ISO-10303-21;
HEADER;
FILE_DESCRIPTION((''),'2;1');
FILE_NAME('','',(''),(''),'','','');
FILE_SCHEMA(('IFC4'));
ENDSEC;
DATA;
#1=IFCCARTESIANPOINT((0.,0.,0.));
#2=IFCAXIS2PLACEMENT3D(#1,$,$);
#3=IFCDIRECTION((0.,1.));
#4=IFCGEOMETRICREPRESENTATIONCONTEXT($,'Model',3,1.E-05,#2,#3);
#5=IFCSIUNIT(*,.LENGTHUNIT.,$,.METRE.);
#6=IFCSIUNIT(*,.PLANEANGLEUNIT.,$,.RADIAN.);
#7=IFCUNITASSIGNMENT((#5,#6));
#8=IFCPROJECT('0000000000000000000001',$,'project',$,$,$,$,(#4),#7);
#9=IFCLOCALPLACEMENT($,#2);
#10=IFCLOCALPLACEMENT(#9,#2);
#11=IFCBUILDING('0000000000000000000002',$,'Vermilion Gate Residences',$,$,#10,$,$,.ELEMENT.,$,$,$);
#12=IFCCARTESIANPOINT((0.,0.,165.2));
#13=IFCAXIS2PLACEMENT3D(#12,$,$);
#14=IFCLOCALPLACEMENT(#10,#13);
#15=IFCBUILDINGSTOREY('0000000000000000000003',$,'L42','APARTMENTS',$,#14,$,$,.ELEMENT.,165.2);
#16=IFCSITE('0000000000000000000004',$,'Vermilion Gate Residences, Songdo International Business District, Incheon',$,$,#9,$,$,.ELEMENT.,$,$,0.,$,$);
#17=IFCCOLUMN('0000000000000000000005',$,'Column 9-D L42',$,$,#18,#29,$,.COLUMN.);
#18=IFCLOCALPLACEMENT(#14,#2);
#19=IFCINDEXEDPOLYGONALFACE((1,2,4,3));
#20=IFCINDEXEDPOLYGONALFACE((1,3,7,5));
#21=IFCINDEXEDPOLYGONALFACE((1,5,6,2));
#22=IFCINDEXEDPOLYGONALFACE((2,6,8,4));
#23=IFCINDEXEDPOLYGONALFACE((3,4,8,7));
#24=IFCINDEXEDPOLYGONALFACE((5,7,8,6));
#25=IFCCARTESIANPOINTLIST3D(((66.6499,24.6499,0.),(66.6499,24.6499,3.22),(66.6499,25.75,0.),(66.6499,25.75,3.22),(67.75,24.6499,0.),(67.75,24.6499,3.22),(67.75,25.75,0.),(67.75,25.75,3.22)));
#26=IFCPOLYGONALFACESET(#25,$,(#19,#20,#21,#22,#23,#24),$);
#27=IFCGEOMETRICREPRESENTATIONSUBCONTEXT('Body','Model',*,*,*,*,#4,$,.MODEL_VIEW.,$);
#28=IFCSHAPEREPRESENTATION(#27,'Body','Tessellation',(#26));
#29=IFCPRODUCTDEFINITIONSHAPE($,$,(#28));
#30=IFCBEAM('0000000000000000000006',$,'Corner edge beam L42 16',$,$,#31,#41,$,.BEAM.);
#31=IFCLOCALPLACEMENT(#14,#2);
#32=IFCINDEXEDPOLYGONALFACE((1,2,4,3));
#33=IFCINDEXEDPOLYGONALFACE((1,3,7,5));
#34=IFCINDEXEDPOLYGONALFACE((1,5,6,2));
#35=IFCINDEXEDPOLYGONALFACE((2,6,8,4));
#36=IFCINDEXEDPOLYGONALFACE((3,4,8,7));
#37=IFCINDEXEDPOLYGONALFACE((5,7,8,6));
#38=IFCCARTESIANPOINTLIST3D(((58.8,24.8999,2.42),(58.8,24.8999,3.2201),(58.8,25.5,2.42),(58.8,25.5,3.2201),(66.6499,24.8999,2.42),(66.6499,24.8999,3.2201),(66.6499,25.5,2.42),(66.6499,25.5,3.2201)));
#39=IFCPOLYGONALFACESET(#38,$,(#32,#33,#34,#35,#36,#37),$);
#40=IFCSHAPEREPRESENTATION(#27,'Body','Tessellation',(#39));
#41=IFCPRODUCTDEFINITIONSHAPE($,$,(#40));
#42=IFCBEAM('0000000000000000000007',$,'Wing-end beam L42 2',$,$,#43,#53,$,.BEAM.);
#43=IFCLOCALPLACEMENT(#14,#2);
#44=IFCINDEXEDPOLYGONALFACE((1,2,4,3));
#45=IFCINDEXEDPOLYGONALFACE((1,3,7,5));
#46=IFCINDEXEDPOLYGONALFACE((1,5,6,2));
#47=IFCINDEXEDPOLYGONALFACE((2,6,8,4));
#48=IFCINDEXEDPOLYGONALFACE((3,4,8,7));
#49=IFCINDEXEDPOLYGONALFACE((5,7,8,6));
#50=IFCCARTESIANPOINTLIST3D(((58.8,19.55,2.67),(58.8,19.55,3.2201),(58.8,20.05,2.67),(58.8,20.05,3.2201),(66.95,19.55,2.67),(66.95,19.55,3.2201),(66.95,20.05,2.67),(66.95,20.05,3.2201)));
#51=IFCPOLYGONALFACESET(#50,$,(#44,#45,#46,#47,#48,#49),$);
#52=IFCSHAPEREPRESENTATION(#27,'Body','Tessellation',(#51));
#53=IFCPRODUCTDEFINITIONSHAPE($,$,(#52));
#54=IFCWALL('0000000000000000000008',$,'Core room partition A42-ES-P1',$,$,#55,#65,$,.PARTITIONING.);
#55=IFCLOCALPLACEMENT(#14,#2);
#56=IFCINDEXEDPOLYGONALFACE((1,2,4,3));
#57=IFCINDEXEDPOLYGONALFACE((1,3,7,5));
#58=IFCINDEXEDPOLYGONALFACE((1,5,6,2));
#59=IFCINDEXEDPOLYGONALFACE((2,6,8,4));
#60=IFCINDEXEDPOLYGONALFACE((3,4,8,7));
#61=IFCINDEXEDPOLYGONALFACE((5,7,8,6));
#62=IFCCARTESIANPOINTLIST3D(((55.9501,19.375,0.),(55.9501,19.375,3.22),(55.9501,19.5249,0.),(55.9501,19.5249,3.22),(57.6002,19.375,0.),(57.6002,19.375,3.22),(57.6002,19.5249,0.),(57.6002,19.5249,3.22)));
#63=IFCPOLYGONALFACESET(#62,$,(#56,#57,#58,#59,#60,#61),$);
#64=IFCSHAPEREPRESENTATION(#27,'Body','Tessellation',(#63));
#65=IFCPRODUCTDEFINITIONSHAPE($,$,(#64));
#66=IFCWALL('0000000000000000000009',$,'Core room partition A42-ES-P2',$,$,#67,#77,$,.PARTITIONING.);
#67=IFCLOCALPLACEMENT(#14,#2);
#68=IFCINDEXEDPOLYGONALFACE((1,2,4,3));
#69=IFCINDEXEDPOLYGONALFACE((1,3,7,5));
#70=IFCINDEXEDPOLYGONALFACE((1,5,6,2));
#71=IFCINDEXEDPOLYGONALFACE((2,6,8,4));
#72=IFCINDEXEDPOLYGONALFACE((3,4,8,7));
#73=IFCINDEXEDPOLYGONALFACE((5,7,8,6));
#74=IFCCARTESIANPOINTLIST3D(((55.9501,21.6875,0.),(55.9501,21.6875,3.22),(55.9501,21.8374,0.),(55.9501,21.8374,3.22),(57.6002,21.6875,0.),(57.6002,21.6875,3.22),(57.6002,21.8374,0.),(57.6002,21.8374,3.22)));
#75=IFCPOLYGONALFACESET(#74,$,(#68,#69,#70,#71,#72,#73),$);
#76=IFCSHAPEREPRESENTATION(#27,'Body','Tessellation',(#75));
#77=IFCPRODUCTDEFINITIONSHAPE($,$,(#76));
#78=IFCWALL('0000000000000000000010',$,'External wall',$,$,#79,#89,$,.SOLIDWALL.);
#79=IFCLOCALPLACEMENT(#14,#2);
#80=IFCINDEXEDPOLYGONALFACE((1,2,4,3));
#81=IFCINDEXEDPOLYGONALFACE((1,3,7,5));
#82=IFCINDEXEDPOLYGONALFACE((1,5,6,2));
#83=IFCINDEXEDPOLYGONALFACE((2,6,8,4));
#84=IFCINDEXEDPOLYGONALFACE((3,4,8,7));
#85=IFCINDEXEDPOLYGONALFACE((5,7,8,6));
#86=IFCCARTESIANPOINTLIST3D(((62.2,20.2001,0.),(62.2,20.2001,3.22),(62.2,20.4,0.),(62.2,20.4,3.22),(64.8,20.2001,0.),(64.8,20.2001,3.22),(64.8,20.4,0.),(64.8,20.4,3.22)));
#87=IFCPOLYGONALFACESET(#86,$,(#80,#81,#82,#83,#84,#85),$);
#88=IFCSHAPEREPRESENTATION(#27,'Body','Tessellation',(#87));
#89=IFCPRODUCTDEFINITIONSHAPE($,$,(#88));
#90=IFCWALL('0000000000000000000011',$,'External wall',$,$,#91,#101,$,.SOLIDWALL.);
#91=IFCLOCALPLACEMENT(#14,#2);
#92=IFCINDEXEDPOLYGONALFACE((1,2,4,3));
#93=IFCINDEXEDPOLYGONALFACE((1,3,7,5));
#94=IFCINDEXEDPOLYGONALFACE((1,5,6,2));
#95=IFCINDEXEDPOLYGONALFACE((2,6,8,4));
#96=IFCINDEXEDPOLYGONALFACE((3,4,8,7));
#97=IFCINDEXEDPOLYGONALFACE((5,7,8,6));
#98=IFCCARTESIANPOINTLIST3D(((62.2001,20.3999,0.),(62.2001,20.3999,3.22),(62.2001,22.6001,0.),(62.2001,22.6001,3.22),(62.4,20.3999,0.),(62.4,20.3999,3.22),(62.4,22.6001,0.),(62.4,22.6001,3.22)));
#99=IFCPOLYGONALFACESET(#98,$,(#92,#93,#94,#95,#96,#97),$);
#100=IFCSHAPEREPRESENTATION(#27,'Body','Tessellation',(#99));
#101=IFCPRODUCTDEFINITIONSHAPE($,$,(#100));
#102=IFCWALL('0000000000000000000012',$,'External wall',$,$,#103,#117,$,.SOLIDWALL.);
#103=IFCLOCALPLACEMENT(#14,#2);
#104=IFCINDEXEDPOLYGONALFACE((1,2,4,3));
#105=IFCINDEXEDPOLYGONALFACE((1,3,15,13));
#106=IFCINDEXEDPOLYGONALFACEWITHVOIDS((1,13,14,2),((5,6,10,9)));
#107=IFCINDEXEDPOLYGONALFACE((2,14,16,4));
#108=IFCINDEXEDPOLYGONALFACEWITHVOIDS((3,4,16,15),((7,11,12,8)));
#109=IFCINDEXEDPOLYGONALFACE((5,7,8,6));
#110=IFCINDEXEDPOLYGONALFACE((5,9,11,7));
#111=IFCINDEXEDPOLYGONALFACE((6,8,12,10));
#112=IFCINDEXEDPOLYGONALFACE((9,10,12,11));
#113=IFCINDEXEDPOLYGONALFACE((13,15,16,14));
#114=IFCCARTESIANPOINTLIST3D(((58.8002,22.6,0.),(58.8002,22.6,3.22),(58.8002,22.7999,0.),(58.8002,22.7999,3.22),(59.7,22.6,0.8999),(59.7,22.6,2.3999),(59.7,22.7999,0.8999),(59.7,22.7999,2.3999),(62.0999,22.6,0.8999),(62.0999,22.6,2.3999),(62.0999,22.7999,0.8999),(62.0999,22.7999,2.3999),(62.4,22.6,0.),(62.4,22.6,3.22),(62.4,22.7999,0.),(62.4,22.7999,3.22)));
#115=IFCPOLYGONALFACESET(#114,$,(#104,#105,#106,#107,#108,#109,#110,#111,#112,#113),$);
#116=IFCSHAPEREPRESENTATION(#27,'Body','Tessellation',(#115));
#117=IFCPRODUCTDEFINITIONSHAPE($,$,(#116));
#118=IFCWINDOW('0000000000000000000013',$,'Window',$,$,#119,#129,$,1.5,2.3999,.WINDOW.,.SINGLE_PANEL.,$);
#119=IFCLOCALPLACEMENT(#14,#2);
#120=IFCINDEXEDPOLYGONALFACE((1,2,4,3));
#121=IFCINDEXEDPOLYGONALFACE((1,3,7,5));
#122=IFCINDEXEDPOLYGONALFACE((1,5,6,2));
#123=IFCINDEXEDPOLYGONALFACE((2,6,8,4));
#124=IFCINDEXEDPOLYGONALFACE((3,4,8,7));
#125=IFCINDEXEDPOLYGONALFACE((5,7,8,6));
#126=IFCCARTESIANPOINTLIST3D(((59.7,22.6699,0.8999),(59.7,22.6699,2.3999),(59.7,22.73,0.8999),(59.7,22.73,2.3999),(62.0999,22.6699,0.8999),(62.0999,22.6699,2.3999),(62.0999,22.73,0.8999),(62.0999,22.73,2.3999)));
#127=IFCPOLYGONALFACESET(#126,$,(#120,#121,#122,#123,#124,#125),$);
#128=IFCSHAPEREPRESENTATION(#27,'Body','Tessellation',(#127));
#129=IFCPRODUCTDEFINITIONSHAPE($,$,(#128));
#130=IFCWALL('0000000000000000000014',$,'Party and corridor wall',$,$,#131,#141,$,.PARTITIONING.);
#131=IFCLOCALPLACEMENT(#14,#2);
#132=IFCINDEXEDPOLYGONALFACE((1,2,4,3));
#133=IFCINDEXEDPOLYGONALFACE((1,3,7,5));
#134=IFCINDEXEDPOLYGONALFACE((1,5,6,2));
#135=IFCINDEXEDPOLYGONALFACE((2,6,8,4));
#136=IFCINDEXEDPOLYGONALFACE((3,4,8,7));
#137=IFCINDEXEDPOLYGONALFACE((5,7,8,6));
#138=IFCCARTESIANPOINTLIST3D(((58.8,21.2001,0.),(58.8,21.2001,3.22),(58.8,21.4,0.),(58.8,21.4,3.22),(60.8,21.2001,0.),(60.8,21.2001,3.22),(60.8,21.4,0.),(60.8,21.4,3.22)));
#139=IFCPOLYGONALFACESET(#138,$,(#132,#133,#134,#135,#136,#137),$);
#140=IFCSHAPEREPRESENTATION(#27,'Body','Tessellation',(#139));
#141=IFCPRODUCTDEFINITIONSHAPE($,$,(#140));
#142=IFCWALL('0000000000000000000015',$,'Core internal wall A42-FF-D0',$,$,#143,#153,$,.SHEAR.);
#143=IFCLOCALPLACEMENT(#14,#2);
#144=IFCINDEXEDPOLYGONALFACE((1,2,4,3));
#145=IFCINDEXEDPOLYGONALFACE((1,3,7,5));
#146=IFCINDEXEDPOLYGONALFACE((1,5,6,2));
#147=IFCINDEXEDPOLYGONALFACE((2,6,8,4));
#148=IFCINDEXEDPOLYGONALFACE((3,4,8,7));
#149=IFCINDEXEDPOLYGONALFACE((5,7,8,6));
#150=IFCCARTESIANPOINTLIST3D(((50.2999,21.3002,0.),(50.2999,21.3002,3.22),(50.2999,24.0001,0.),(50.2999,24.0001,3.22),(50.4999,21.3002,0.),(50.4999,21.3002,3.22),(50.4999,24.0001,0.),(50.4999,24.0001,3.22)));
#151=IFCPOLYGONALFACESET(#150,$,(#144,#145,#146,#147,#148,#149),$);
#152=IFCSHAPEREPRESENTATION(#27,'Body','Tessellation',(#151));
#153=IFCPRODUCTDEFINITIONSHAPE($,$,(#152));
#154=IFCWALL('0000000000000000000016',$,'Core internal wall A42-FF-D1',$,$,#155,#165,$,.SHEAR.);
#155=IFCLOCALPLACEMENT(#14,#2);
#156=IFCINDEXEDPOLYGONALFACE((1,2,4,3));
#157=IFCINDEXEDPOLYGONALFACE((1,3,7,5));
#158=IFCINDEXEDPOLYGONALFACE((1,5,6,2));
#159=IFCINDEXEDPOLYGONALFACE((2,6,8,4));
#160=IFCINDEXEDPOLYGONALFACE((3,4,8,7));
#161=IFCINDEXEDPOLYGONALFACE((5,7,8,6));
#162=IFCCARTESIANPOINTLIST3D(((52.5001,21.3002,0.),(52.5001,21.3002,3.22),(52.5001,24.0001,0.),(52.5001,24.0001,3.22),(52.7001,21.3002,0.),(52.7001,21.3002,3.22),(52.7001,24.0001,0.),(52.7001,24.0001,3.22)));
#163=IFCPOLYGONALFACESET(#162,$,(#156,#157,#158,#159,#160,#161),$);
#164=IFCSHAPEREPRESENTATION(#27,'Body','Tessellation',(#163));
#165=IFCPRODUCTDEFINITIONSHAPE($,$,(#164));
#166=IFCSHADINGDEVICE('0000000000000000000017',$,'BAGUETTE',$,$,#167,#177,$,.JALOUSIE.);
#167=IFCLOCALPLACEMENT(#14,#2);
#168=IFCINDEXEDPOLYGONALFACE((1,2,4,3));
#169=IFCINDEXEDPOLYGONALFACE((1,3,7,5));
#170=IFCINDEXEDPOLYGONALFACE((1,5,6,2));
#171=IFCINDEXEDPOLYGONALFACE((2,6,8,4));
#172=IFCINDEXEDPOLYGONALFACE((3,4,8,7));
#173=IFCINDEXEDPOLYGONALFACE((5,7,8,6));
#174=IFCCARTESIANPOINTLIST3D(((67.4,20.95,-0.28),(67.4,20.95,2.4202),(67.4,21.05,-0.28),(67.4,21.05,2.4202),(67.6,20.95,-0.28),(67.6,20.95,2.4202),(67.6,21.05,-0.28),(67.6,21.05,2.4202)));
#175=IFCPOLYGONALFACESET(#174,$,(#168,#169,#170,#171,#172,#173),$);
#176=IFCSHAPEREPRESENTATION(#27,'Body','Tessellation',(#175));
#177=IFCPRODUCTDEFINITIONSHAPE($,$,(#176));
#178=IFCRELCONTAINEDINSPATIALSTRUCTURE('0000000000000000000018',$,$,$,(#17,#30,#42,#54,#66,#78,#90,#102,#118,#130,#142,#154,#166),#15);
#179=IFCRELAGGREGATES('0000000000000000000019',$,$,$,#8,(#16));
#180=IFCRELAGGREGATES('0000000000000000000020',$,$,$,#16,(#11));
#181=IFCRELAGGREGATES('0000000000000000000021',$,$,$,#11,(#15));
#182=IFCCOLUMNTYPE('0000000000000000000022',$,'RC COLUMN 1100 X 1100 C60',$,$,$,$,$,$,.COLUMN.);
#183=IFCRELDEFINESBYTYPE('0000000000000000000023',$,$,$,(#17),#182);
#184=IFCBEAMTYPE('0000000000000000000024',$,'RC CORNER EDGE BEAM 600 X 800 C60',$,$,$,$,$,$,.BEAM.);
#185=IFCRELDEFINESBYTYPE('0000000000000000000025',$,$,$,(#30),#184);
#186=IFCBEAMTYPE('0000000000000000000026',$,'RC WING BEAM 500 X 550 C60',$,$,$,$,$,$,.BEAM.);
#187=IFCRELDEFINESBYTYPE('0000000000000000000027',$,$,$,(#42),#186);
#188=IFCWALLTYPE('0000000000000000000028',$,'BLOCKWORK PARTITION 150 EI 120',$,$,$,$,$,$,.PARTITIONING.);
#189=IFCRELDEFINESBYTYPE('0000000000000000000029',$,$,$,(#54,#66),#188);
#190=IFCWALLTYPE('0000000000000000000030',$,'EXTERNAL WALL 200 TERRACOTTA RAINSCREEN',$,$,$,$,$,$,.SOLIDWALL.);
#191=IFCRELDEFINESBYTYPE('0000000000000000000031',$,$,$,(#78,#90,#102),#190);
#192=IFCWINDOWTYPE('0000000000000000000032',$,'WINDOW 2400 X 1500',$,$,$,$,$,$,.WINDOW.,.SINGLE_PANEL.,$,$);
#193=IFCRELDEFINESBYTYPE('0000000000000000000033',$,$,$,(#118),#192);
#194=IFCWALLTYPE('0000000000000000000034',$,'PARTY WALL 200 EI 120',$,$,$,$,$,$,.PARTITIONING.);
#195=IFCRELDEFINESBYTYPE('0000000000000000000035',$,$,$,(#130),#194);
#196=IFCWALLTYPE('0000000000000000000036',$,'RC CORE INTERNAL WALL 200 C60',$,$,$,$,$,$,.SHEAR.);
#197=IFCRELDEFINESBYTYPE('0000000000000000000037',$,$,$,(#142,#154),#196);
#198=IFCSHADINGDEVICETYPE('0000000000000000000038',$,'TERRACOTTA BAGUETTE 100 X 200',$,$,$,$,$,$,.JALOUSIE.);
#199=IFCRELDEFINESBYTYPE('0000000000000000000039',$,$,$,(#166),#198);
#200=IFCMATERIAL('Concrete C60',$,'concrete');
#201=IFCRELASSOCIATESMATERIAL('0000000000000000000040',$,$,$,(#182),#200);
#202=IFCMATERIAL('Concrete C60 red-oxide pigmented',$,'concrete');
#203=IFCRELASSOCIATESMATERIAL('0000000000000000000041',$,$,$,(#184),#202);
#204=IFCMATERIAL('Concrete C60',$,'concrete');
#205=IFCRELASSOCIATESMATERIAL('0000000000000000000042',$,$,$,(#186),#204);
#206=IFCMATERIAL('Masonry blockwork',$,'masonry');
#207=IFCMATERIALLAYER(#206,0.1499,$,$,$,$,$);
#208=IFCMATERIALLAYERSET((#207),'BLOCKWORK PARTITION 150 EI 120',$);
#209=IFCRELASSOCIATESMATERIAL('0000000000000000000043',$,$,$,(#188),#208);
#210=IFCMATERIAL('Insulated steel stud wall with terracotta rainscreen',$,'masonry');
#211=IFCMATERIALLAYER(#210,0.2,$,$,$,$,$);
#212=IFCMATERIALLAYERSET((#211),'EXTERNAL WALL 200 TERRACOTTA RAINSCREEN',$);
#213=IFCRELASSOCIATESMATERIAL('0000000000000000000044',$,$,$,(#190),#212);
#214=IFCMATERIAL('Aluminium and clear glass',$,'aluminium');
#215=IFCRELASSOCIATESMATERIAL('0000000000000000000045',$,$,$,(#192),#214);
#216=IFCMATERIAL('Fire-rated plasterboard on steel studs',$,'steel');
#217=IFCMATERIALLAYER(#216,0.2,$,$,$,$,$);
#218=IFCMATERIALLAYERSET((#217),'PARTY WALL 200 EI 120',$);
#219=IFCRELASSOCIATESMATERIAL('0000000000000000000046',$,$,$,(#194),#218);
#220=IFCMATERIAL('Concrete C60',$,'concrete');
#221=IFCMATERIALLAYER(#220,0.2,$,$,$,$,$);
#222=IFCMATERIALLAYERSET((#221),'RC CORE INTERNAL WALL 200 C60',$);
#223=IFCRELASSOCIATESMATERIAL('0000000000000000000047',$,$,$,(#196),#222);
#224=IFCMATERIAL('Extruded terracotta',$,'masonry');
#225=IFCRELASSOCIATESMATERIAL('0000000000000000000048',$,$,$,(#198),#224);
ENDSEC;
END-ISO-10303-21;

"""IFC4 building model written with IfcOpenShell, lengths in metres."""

from ifc_helpers import new_model, si_unit, direction, frame, frame_2d, origin, origin_2d, place, context, subcontext, project, spatial, rectangle, extrude, material, layer, layer_set, material_profile, profile_set, type_object, element, fill, save


model = new_model("IFC4")

# Units and contexts
model_context = context("Model", 3, precision=1e-05, world=origin(), true_north=direction((0.0, 1.0)))
body_context = subcontext(model_context, "Body", "Model", "MODEL_VIEW")
ifc_project = project(units=[si_unit("LENGTHUNIT", "METRE"), si_unit("PLANEANGLEUNIT", "RADIAN")], contexts=[model_context])

# Site, building, storey
site_placement = place(None, origin())
site = spatial("IfcSite", under=ifc_project, at=site_placement, Name="Vermilion Gate Residences, Songdo International Business District, Incheon", CompositionType="ELEMENT", RefElevation=0.0)
building_placement = place(site_placement, origin())
building = spatial("IfcBuilding", under=site, at=building_placement, Name="Vermilion Gate Residences", CompositionType="ELEMENT")
storey_placement = place(building_placement, frame((0.0, 0.0, 165.2)))
storey = spatial("IfcBuildingStorey", under=building, at=storey_placement, Name="L42", Description="APARTMENTS", CompositionType="ELEMENT", Elevation=165.2)

# Column
ifc_material_1 = material(Name="Concrete C60", Category="concrete")
ifc_material_profile_1 = material_profile(ifc_material_1, rectangle(XDim=1.1001, YDim=1.1001, at=origin_2d()), Name="RC-1100x1100")
ifc_profile_set_1 = profile_set([ifc_material_profile_1], Name="Concrete C60")
column_type = type_object("IfcColumnType", Name="RC COLUMN 1100 X 1100 C60", PredefinedType="COLUMN", material=ifc_profile_set_1)
column_placement = place(storey_placement, frame((67.2, 25.2, 0.0), z_axis=(0.0, 0.0, 1.0), x_axis=(1.0, 0.0, 0.0)))
element("IfcColumn", 1, at=column_placement, inside=storey, type_object=column_type, Name="Column 9-D L42", PredefinedType="COLUMN", context=body_context, shape_type="SweptSolid", body=[
    extrude(rectangle(XDim=1.1001, YDim=1.1001, at=origin_2d()), origin(), (0.0, 0.0, 1.0), 3.22),
])

# Beams
ifc_material_2 = material(Name="Concrete C60 red-oxide pigmented", Category="concrete")
ifc_material_profile_2 = material_profile(ifc_material_2, rectangle(XDim=0.6001, YDim=0.8, at=origin_2d()), Name="RC-600x800")
ifc_profile_set_2 = profile_set([ifc_material_profile_2], Name="Concrete C60 red-oxide pigmented")
beam_type_1 = type_object("IfcBeamType", Name="RC CORNER EDGE BEAM 600 X 800 C60", PredefinedType="BEAM", material=ifc_profile_set_2)
beam_1_placement = place(storey_placement, frame((58.8, 25.2, 2.8201), z_axis=(1.0, 0.0, 0.0), x_axis=(0.0, 1.0, 0.0)))
element("IfcBeam", 2, at=beam_1_placement, inside=storey, type_object=beam_type_1, Name="Corner edge beam L42 16", PredefinedType="BEAM", context=body_context, shape_type="SweptSolid", body=[
    extrude(rectangle(XDim=0.6001, YDim=0.8, at=origin_2d()), origin(), (0.0, 0.0, 1.0), 7.8499),
])
ifc_material_3 = material(Name="Concrete C60", Category="concrete")
ifc_material_profile_3 = material_profile(ifc_material_3, rectangle(XDim=0.5, YDim=0.55, at=origin_2d()), Name="RC-500x550")
ifc_profile_set_3 = profile_set([ifc_material_profile_3], Name="Concrete C60")
beam_type_2 = type_object("IfcBeamType", Name="RC WING BEAM 500 X 550 C60", PredefinedType="BEAM", material=ifc_profile_set_3)
beam_2_placement = place(storey_placement, frame((58.8, 19.8, 2.9451), z_axis=(1.0, 0.0, 0.0), x_axis=(0.0, 1.0, 0.0)))
element("IfcBeam", 3, at=beam_2_placement, inside=storey, type_object=beam_type_2, Name="Wing-end beam L42 2", PredefinedType="BEAM", context=body_context, shape_type="SweptSolid", body=[
    extrude(rectangle(XDim=0.5, YDim=0.55, at=origin_2d()), origin(), (0.0, 0.0, 1.0), 8.1499),
])

# Walls
ifc_material_4 = material(Name="Masonry blockwork", Category="masonry")
ifc_layer_1 = layer(ifc_material_4, 0.1499)
ifc_layer_set_1 = layer_set([ifc_layer_1], Name="BLOCKWORK PARTITION 150 EI 120")
wall_type_1 = type_object("IfcWallType", Name="BLOCKWORK PARTITION 150 EI 120", PredefinedType="PARTITIONING", material=ifc_layer_set_1)
for number, where, z_axis, x_axis, name in (
    (4, (55.95, 19.45, 0.0), (0.0, 0.0, 1.0), (1.0, 0.0, 0.0), "Core room partition A42-ES-P1"),
    (5, (55.95, 21.7625, 0.0), (0.0, 0.0, 1.0), (1.0, 0.0, 0.0), "Core room partition A42-ES-P2"),
):
    element("IfcWall", number, at=place(storey_placement, frame(where, z_axis=z_axis, x_axis=x_axis)), inside=storey, type_object=wall_type_1, Name=name, PredefinedType="PARTITIONING", context=body_context, shape_type="SweptSolid", body=[
        extrude(rectangle(XDim=1.6501, YDim=0.1499, at=frame_2d((0.8252, 0.0))), origin(), (0.0, 0.0, 1.0), 3.22),
    ])
ifc_material_5 = material(Name="Insulated steel stud wall with terracotta rainscreen", Category="masonry")
ifc_layer_2 = layer(ifc_material_5, 0.2)
ifc_layer_set_2 = layer_set([ifc_layer_2], Name="EXTERNAL WALL 200 TERRACOTTA RAINSCREEN")
wall_type_2 = type_object("IfcWallType", Name="EXTERNAL WALL 200 TERRACOTTA RAINSCREEN", PredefinedType="SOLIDWALL", material=ifc_layer_set_2)
wall_1_placement = place(storey_placement, frame((64.8, 20.3, 0.0), z_axis=(0.0, 0.0, 1.0), x_axis=(-1.0, 0.0, 0.0)))
element("IfcWall", 6, at=wall_1_placement, inside=storey, type_object=wall_type_2, Name="External wall", PredefinedType="SOLIDWALL", context=body_context, shape_type="SweptSolid", body=[
    extrude(rectangle(XDim=2.6001, YDim=0.2, at=frame_2d((1.3, 0.0))), origin(), (0.0, 0.0, 1.0), 3.22),
])
wall_2_placement = place(storey_placement, frame((62.3, 20.3999, 0.0), z_axis=(0.0, 0.0, 1.0), x_axis=(0.0, 1.0, 0.0)))
element("IfcWall", 7, at=wall_2_placement, inside=storey, type_object=wall_type_2, Name="External wall", PredefinedType="SOLIDWALL", context=body_context, shape_type="SweptSolid", body=[
    extrude(rectangle(XDim=2.2002, YDim=0.2, at=frame_2d((1.1001, 0.0))), origin(), (0.0, 0.0, 1.0), 3.22),
])

# Wall, opening, window
wall_3_placement = place(storey_placement, frame((62.3999, 22.7, 0.0), z_axis=(0.0, 0.0, 1.0), x_axis=(-1.0, 0.0, 0.0)))
wall_3 = element("IfcWall", 8, at=wall_3_placement, inside=storey, type_object=wall_type_2, Name="External wall", PredefinedType="SOLIDWALL", context=body_context, shape_type="SweptSolid", body=[
    extrude(rectangle(XDim=3.5999, YDim=0.2, at=frame_2d((1.7998, 0.0))), origin(), (0.0, 0.0, 1.0), 3.22),
])
opening_placement = place(wall_3_placement, frame((0.3, 0.0, 0.8999)))
opening = element("IfcOpeningElement", 9, at=opening_placement, cuts=wall_3, PredefinedType="OPENING", context=body_context, shape_type="SweptSolid", body=[
    extrude(rectangle(XDim=2.3999, YDim=1.5, at=frame_2d((1.2, 0.75))), frame((0.0, 0.1099, 0.0), z_axis=(0.0, -1.0, 0.0), x_axis=(1.0, 0.0, 0.0)), (0.0, 0.0, 1.0), 0.22),
])
ifc_material_6 = material(Name="Aluminium and clear glass", Category="aluminium")
window_type = type_object("IfcWindowType", Name="WINDOW 2400 X 1500", PartitioningType="SINGLE_PANEL", PredefinedType="WINDOW", material=ifc_material_6)
window_placement = place(opening_placement, origin())
window = element("IfcWindow", 10, at=window_placement, inside=storey, type_object=window_type, Name="Window", OverallHeight=1.5, OverallWidth=2.3999, PartitioningType="SINGLE_PANEL", PredefinedType="WINDOW", context=body_context, shape_type="SweptSolid", body=[
    extrude(rectangle(XDim=2.3999, YDim=1.5, at=frame_2d((1.2, 0.75))), frame((0.0, 0.03, 0.0), z_axis=(0.0, -1.0, 0.0), x_axis=(1.0, 0.0, 0.0)), (0.0, 0.0, 1.0), 0.0601),
])
fill(opening, window)

# Walls
ifc_material_7 = material(Name="Fire-rated plasterboard on steel studs", Category="steel")
ifc_layer_3 = layer(ifc_material_7, 0.2)
ifc_layer_set_3 = layer_set([ifc_layer_3], Name="PARTY WALL 200 EI 120")
wall_type_3 = type_object("IfcWallType", Name="PARTY WALL 200 EI 120", PredefinedType="PARTITIONING", material=ifc_layer_set_3)
wall_4_placement = place(storey_placement, frame((58.8, 21.3, 0.0), z_axis=(0.0, 0.0, 1.0), x_axis=(1.0, 0.0, 0.0)))
element("IfcWall", 11, at=wall_4_placement, inside=storey, type_object=wall_type_3, Name="Party and corridor wall", PredefinedType="PARTITIONING", context=body_context, shape_type="SweptSolid", body=[
    extrude(rectangle(XDim=2.0, YDim=0.2, at=frame_2d((1.0, 0.0))), origin(), (0.0, 0.0, 1.0), 3.22),
])
ifc_material_8 = material(Name="Concrete C60", Category="concrete")
ifc_layer_4 = layer(ifc_material_8, 0.2)
ifc_layer_set_4 = layer_set([ifc_layer_4], Name="RC CORE INTERNAL WALL 200 C60")
wall_type_4 = type_object("IfcWallType", Name="RC CORE INTERNAL WALL 200 C60", PredefinedType="SHEAR", material=ifc_layer_set_4)
for number, where, z_axis, x_axis, name in (
    (12, (50.3999, 21.3, 0.0), (0.0, 0.0, 1.0), (0.0, 1.0, 0.0), "Core internal wall A42-FF-D0"),
    (13, (52.6001, 21.3, 0.0), (0.0, 0.0, 1.0), (0.0, 1.0, 0.0), "Core internal wall A42-FF-D1"),
):
    element("IfcWall", number, at=place(storey_placement, frame(where, z_axis=z_axis, x_axis=x_axis)), inside=storey, type_object=wall_type_4, Name=name, PredefinedType="SHEAR", context=body_context, shape_type="SweptSolid", body=[
        extrude(rectangle(XDim=2.7, YDim=0.2, at=frame_2d((1.3501, 0.0))), origin(), (0.0, 0.0, 1.0), 3.22),
    ])

# Shading device
ifc_material_9 = material(Name="Extruded terracotta", Category="masonry")
ifc_material_profile_4 = material_profile(ifc_material_9, rectangle(XDim=0.2, YDim=0.1001, at=origin_2d()), Name="BAGUETTE 100 X 200")
ifc_profile_set_4 = profile_set([ifc_material_profile_4], Name="Extruded terracotta")
shading_device_type_1 = type_object("IfcShadingDeviceType", Name="TERRACOTTA BAGUETTE 100 X 200", PredefinedType="JALOUSIE", material=ifc_profile_set_4)
for number, where, z_axis, x_axis, name in (
    (14, (67.5, 21.0, -0.28), (0.0, 0.0, 1.0), (-1.0, 0.0, 0.0), "BAGUETTE"),
):
    element("IfcShadingDevice", number, at=place(storey_placement, frame(where, z_axis=z_axis, x_axis=x_axis)), inside=storey, type_object=shading_device_type_1, Name=name, PredefinedType="JALOUSIE", context=body_context, shape_type="SweptSolid", body=[
        extrude(rectangle(XDim=0.2, YDim=0.1001, at=origin_2d()), origin(), (0.0, 0.0, 1.0), 2.7002),
    ])

save(model, "model.ifc")
